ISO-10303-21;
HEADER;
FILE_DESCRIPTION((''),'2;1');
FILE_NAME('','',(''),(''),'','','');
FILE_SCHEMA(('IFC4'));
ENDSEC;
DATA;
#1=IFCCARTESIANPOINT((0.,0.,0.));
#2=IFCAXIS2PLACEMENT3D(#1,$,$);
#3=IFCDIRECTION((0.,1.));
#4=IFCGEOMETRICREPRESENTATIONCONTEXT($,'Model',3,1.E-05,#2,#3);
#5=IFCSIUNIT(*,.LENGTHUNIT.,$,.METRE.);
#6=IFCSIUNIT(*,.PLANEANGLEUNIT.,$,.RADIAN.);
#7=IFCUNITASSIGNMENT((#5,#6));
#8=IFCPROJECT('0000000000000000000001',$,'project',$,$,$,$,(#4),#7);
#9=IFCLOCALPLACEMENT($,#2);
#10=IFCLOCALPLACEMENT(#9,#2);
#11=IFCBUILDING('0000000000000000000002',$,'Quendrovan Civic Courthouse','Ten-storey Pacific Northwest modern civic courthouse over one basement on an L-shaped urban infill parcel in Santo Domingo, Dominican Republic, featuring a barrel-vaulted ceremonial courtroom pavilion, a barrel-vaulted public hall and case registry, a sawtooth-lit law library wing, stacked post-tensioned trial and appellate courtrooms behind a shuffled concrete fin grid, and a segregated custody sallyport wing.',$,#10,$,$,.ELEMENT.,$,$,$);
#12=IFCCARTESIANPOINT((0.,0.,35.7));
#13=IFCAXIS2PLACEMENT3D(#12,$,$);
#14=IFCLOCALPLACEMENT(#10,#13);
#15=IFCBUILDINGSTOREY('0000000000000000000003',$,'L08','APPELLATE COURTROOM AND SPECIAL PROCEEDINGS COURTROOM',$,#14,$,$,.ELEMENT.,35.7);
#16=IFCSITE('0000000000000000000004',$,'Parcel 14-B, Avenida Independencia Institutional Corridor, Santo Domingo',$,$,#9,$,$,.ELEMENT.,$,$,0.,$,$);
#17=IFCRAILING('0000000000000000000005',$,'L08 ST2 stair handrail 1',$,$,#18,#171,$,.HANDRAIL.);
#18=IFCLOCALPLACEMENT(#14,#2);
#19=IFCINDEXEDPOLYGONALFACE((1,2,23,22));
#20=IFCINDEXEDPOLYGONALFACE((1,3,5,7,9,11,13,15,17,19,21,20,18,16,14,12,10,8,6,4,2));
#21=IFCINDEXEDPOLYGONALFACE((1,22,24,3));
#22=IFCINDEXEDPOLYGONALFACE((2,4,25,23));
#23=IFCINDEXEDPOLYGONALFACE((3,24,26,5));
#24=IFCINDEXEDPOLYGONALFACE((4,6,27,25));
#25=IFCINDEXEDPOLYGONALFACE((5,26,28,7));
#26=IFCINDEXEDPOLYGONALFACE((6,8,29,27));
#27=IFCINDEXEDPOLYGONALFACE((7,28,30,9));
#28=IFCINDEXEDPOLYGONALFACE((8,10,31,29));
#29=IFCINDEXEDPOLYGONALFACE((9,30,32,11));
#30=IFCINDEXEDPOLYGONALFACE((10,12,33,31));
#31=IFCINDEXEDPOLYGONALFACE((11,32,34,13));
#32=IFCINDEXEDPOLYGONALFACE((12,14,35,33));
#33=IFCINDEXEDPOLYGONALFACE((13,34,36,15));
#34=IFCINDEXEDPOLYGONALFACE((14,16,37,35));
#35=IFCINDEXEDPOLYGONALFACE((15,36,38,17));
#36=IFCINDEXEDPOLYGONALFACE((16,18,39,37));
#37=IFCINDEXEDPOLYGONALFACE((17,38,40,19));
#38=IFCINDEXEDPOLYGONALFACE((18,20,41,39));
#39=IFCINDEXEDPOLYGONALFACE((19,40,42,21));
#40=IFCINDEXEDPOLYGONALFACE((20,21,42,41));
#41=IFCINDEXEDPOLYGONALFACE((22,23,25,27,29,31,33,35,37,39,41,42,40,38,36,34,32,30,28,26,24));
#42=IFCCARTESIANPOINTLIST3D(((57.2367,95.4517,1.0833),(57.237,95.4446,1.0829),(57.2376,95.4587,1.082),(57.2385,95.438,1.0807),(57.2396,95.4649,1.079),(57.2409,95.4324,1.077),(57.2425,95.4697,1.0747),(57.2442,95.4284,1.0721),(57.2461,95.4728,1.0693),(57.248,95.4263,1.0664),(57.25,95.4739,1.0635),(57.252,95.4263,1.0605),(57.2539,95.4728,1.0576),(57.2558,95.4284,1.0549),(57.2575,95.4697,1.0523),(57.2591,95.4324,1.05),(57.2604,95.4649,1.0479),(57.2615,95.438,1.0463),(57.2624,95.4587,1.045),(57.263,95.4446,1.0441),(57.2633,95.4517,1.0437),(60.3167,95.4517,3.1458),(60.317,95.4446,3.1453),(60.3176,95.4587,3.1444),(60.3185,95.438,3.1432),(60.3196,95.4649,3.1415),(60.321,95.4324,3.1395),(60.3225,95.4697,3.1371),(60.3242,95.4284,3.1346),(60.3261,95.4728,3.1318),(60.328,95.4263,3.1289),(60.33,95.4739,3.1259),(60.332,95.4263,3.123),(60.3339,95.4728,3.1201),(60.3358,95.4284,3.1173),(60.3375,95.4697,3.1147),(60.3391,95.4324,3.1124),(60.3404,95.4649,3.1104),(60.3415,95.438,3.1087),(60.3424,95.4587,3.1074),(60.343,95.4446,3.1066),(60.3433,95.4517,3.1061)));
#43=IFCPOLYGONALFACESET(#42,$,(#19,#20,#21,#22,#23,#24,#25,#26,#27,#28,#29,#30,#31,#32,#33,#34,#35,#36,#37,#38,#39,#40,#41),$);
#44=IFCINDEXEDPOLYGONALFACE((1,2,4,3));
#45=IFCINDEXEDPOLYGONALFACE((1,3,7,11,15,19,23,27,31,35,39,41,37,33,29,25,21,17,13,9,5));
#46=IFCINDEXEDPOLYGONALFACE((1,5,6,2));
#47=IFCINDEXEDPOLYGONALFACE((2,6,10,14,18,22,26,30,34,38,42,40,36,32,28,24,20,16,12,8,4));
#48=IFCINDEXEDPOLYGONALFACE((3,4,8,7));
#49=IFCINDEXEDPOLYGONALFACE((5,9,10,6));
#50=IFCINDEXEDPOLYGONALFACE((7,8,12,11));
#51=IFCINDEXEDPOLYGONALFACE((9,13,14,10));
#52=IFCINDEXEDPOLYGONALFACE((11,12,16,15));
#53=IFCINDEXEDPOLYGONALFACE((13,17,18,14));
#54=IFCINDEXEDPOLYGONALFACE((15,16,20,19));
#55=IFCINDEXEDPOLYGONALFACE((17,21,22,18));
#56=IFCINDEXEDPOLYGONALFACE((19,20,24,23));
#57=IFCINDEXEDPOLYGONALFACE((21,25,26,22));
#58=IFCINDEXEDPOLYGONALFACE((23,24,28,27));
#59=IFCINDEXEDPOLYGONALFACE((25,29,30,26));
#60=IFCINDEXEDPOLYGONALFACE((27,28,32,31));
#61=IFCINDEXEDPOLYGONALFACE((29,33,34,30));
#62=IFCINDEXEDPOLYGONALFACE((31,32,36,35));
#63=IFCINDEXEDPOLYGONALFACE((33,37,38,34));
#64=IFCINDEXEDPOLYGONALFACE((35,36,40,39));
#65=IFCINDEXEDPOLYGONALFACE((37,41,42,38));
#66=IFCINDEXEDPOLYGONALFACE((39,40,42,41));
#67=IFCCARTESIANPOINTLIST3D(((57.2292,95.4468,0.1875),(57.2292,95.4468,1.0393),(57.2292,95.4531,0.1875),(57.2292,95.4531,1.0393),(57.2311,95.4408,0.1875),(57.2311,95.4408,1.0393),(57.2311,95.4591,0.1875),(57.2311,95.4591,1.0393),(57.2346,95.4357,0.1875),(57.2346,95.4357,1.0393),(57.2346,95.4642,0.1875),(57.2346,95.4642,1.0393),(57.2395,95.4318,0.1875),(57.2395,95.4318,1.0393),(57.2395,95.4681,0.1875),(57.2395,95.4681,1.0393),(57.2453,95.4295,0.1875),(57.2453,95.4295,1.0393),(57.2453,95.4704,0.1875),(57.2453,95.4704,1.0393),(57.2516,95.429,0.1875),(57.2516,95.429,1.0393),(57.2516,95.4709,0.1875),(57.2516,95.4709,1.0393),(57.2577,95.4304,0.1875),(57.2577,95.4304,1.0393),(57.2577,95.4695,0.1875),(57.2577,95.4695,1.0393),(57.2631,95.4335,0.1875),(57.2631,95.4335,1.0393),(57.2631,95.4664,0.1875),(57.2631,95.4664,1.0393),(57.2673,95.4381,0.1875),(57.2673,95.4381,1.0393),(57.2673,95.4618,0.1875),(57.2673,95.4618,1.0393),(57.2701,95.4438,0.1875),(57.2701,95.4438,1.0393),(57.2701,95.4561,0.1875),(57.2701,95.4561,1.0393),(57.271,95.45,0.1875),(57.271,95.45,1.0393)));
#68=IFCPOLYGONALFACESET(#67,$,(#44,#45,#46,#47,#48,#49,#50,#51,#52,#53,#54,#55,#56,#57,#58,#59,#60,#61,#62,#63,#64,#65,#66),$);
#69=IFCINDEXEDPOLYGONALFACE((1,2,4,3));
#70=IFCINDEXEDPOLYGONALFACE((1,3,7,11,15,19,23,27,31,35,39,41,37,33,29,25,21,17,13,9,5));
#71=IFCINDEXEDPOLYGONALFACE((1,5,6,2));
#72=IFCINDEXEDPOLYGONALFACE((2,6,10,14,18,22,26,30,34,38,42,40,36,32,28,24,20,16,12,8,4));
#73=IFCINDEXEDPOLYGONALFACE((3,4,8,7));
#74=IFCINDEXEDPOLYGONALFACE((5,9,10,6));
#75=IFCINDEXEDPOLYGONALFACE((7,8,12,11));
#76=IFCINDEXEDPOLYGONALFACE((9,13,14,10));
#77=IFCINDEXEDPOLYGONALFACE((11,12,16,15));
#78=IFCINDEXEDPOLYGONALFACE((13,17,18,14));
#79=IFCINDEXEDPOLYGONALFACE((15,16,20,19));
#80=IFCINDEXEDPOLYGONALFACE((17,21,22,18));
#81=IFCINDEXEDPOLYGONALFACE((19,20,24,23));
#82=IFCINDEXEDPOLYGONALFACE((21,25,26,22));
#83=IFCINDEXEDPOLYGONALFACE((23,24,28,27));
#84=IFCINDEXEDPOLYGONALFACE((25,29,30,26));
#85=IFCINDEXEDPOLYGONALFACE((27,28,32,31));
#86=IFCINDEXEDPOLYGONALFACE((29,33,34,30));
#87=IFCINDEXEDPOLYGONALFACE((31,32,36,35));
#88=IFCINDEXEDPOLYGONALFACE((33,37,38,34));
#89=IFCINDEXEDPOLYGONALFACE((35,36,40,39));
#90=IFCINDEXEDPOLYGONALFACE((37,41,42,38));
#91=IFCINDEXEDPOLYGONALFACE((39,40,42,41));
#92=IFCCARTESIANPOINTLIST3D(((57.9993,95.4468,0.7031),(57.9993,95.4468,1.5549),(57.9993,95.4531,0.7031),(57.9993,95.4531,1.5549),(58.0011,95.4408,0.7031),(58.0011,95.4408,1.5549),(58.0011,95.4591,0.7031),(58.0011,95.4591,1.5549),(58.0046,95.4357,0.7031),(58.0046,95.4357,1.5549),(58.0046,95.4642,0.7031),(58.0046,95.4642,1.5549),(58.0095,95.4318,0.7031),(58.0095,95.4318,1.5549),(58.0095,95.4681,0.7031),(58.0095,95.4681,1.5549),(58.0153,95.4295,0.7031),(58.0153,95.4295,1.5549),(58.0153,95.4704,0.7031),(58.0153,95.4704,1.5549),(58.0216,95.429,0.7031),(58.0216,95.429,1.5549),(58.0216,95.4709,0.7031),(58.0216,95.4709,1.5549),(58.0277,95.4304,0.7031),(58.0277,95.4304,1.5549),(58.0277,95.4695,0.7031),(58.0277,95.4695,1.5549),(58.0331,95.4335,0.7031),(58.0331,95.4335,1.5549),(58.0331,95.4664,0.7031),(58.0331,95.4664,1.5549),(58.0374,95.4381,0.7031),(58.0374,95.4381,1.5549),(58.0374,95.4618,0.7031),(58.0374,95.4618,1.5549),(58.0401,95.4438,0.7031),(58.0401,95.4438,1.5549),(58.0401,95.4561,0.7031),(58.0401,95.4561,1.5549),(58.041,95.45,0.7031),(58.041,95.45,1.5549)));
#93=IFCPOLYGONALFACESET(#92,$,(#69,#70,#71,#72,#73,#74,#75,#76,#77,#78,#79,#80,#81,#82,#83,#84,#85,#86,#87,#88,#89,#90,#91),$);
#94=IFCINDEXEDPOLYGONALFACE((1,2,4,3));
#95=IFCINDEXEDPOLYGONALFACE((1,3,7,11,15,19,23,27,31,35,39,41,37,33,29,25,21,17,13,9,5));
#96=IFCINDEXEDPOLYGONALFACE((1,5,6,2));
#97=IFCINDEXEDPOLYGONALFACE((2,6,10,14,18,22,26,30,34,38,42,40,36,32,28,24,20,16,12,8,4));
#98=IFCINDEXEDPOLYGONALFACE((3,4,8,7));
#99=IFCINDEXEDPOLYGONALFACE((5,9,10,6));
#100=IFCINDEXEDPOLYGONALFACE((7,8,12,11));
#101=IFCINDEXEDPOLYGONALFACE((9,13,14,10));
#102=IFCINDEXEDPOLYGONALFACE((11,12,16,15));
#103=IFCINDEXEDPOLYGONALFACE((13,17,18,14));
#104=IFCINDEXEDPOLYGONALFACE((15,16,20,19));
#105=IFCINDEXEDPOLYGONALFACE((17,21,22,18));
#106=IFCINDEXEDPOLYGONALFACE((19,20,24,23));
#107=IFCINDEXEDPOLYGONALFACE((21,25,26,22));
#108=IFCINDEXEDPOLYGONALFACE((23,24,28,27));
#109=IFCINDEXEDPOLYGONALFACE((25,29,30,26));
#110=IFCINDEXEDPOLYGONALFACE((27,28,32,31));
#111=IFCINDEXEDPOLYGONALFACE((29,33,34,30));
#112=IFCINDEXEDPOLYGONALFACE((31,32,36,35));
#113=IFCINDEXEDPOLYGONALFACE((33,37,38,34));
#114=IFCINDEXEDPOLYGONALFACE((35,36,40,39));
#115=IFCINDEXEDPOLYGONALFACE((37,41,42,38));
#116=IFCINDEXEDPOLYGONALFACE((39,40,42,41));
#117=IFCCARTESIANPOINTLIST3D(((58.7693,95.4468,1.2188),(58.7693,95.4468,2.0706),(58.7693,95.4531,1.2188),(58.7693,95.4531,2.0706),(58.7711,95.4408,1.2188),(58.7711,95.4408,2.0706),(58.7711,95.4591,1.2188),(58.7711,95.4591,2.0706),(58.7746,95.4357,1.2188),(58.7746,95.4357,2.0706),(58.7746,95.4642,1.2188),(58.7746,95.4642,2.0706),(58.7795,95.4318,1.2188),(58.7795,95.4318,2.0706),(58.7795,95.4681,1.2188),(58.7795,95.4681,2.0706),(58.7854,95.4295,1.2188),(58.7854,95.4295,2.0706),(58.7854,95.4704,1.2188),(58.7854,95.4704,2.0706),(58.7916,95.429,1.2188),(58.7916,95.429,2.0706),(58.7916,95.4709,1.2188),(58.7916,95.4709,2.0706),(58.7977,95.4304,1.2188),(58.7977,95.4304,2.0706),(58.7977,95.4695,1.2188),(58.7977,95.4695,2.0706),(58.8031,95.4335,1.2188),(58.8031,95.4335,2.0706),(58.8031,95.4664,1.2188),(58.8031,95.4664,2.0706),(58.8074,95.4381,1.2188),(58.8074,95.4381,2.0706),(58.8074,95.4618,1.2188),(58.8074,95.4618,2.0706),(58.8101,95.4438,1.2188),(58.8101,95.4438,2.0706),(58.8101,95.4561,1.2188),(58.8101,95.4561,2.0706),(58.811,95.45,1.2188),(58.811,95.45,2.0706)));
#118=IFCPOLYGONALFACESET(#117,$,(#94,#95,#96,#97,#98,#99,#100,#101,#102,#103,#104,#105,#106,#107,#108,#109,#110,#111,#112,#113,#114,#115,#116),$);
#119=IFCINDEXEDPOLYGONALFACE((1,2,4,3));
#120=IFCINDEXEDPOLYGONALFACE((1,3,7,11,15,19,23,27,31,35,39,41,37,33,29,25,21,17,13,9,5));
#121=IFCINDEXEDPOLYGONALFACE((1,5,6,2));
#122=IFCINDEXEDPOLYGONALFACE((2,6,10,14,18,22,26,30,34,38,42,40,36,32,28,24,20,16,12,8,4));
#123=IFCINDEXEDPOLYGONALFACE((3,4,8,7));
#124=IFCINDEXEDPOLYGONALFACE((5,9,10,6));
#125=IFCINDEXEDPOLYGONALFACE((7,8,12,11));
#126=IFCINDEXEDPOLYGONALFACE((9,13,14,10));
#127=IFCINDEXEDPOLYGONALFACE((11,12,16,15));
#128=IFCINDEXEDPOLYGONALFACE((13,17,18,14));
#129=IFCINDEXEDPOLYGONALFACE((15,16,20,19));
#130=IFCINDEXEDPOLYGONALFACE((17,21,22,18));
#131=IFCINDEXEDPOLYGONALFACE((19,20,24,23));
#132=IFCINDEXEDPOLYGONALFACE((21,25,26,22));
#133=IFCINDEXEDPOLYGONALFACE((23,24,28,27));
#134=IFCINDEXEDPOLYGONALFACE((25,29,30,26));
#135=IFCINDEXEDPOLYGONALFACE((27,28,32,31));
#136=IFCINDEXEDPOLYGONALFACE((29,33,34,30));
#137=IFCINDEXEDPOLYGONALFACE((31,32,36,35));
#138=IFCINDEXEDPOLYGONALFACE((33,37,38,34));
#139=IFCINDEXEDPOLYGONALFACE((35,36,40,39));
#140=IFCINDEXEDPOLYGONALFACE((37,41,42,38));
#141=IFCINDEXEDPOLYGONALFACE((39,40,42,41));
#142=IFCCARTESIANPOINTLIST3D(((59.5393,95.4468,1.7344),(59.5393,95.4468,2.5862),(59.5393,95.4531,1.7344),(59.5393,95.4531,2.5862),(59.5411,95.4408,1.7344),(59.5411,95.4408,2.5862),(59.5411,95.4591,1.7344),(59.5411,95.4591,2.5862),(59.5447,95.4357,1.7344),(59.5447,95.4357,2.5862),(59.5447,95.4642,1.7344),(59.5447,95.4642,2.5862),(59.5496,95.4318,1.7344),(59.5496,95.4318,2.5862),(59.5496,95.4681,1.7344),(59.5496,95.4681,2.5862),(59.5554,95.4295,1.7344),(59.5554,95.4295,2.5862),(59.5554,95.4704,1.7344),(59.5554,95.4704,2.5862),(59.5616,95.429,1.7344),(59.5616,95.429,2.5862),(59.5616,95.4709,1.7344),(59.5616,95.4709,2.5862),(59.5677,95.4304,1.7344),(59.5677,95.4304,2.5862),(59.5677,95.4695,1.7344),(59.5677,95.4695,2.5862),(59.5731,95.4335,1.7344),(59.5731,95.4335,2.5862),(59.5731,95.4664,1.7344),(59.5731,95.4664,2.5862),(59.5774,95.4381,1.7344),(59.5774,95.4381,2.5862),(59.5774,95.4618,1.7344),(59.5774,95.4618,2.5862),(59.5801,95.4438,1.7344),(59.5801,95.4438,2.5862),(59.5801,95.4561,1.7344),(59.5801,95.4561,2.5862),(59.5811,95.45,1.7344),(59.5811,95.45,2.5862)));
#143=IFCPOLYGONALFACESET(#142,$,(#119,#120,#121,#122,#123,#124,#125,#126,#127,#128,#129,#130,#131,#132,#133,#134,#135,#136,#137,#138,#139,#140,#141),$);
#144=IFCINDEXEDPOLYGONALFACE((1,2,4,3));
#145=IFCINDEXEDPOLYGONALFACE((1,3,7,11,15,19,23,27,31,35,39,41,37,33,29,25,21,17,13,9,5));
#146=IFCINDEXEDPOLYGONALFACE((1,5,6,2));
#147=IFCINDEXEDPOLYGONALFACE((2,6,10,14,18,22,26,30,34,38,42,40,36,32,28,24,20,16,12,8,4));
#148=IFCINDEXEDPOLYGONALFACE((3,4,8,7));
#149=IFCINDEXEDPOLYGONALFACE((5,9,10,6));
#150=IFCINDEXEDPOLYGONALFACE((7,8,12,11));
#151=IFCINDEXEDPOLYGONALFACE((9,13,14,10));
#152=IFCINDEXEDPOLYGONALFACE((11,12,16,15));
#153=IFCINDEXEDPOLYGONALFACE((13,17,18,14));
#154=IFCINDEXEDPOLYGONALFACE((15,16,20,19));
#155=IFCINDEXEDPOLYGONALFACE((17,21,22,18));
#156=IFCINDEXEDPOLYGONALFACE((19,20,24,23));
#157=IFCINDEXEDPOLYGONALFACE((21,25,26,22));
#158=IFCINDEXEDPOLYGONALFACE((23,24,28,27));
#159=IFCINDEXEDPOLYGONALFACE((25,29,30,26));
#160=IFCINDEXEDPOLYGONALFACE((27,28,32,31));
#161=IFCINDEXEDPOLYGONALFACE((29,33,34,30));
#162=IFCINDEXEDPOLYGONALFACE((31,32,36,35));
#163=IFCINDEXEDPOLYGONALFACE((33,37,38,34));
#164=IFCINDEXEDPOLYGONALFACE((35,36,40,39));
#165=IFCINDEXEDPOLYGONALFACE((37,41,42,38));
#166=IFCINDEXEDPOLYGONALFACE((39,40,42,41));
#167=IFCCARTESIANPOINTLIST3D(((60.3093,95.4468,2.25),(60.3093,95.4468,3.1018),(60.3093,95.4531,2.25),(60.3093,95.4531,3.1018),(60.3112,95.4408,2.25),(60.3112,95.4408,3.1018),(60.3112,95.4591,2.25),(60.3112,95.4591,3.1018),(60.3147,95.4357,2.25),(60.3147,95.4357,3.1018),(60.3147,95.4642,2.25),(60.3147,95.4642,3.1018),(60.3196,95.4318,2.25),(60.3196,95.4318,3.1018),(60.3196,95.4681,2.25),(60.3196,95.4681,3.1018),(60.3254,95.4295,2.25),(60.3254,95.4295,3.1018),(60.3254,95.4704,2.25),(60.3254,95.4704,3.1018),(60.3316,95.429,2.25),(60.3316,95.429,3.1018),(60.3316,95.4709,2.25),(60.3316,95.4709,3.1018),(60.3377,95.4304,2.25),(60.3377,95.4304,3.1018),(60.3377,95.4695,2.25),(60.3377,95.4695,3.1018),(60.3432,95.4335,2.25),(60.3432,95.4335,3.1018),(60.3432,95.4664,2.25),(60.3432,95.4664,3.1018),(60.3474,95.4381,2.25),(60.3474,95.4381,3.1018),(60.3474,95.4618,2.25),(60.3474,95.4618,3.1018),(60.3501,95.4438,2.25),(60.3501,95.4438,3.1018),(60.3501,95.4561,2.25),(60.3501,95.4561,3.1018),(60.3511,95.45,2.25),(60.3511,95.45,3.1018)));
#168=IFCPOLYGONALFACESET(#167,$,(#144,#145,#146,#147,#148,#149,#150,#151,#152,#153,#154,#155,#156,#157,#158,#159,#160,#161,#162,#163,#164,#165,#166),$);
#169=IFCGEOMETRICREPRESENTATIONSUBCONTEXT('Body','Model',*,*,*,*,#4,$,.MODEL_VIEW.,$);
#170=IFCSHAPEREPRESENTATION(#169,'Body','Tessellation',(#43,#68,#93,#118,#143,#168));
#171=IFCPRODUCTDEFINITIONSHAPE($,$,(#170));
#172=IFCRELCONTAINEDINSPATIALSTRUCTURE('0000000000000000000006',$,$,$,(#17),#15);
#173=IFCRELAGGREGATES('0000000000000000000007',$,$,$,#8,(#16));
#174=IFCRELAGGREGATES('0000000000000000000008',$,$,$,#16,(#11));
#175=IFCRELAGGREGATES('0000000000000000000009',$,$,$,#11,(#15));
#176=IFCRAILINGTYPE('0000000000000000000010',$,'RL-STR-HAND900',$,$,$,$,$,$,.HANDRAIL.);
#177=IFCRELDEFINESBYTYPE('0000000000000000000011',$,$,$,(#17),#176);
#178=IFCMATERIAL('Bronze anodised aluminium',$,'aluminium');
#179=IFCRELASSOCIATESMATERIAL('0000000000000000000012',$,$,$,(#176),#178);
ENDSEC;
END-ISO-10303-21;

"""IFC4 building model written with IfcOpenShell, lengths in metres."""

from ifc_helpers import new_model, si_unit, direction, frame, origin, origin_2d, place, context, subcontext, project, spatial, circle, extrude, material, type_object, element, save


model = new_model("IFC4")

# Units and contexts
model_context = context("Model", 3, precision=1e-05, world=origin(), true_north=direction((0.0, 1.0)))
body_context = subcontext(model_context, "Body", "Model", "MODEL_VIEW")
ifc_project = project(units=[si_unit("LENGTHUNIT", "METRE"), si_unit("PLANEANGLEUNIT", "RADIAN")], contexts=[model_context])

# Site, building, storey
site_placement = place(None, origin())
site = spatial("IfcSite", under=ifc_project, at=site_placement, Name="Parcel 14-B, Avenida Independencia Institutional Corridor, Santo Domingo", CompositionType="ELEMENT", RefElevation=0.0)
building_placement = place(site_placement, origin())
building = spatial("IfcBuilding", under=site, at=building_placement, Name="Quendrovan Civic Courthouse", Description="Ten-storey Pacific Northwest modern civic courthouse over one basement on an L-shaped urban infill parcel in Santo Domingo, Dominican Republic, featuring a barrel-vaulted ceremonial courtroom pavilion, a barrel-vaulted public hall and case registry, a sawtooth-lit law library wing, stacked post-tensioned trial and appellate courtrooms behind a shuffled concrete fin grid, and a segregated custody sallyport wing.", CompositionType="ELEMENT")
storey_placement = place(building_placement, frame((0.0, 0.0, 35.7)))
storey = spatial("IfcBuildingStorey", under=building, at=storey_placement, Name="L08", Description="APPELLATE COURTROOM AND SPECIAL PROCEEDINGS COURTROOM", CompositionType="ELEMENT", Elevation=35.7)

# Railing
ifc_material_1 = material(Name="Bronze anodised aluminium", Category="aluminium")
railing_type_1 = type_object("IfcRailingType", Name="RL-STR-HAND900", PredefinedType="HANDRAIL", material=ifc_material_1)
railing_1_placement = place(storey_placement, frame((57.25, 95.45, 0.1875)))
element("IfcRailing", 1, at=railing_1_placement, inside=storey, type_object=railing_type_1, Name="L08 ST2 stair handrail 1", PredefinedType="HANDRAIL", context=body_context, shape_type="SweptSolid", body=[
    extrude(circle(Radius=0.0239, at=origin_2d()), frame((0.0, 0.0, 0.876), z_axis=(0.830914, 0.0, 0.556401), x_axis=(0.0, 1.0, 0.0)), (0.0, 0.0, 1.0), 3.7068),
    extrude(circle(Radius=0.021, at=origin_2d()), origin(), (0.0, 0.0, 1.0), 0.8518),
    extrude(circle(Radius=0.021, at=origin_2d()), frame((0.77, 0.0, 0.5156)), (0.0, 0.0, 1.0), 0.8518),
    extrude(circle(Radius=0.021, at=origin_2d()), frame((1.54, 0.0, 1.0312)), (0.0, 0.0, 1.0), 0.8518),
    extrude(circle(Radius=0.021, at=origin_2d()), frame((2.3101, 0.0, 1.5469)), (0.0, 0.0, 1.0), 0.8518),
    extrude(circle(Radius=0.021, at=origin_2d()), frame((3.0801, 0.0, 2.0625)), (0.0, 0.0, 1.0), 0.8518),
])

save(model, "model.ifc")
